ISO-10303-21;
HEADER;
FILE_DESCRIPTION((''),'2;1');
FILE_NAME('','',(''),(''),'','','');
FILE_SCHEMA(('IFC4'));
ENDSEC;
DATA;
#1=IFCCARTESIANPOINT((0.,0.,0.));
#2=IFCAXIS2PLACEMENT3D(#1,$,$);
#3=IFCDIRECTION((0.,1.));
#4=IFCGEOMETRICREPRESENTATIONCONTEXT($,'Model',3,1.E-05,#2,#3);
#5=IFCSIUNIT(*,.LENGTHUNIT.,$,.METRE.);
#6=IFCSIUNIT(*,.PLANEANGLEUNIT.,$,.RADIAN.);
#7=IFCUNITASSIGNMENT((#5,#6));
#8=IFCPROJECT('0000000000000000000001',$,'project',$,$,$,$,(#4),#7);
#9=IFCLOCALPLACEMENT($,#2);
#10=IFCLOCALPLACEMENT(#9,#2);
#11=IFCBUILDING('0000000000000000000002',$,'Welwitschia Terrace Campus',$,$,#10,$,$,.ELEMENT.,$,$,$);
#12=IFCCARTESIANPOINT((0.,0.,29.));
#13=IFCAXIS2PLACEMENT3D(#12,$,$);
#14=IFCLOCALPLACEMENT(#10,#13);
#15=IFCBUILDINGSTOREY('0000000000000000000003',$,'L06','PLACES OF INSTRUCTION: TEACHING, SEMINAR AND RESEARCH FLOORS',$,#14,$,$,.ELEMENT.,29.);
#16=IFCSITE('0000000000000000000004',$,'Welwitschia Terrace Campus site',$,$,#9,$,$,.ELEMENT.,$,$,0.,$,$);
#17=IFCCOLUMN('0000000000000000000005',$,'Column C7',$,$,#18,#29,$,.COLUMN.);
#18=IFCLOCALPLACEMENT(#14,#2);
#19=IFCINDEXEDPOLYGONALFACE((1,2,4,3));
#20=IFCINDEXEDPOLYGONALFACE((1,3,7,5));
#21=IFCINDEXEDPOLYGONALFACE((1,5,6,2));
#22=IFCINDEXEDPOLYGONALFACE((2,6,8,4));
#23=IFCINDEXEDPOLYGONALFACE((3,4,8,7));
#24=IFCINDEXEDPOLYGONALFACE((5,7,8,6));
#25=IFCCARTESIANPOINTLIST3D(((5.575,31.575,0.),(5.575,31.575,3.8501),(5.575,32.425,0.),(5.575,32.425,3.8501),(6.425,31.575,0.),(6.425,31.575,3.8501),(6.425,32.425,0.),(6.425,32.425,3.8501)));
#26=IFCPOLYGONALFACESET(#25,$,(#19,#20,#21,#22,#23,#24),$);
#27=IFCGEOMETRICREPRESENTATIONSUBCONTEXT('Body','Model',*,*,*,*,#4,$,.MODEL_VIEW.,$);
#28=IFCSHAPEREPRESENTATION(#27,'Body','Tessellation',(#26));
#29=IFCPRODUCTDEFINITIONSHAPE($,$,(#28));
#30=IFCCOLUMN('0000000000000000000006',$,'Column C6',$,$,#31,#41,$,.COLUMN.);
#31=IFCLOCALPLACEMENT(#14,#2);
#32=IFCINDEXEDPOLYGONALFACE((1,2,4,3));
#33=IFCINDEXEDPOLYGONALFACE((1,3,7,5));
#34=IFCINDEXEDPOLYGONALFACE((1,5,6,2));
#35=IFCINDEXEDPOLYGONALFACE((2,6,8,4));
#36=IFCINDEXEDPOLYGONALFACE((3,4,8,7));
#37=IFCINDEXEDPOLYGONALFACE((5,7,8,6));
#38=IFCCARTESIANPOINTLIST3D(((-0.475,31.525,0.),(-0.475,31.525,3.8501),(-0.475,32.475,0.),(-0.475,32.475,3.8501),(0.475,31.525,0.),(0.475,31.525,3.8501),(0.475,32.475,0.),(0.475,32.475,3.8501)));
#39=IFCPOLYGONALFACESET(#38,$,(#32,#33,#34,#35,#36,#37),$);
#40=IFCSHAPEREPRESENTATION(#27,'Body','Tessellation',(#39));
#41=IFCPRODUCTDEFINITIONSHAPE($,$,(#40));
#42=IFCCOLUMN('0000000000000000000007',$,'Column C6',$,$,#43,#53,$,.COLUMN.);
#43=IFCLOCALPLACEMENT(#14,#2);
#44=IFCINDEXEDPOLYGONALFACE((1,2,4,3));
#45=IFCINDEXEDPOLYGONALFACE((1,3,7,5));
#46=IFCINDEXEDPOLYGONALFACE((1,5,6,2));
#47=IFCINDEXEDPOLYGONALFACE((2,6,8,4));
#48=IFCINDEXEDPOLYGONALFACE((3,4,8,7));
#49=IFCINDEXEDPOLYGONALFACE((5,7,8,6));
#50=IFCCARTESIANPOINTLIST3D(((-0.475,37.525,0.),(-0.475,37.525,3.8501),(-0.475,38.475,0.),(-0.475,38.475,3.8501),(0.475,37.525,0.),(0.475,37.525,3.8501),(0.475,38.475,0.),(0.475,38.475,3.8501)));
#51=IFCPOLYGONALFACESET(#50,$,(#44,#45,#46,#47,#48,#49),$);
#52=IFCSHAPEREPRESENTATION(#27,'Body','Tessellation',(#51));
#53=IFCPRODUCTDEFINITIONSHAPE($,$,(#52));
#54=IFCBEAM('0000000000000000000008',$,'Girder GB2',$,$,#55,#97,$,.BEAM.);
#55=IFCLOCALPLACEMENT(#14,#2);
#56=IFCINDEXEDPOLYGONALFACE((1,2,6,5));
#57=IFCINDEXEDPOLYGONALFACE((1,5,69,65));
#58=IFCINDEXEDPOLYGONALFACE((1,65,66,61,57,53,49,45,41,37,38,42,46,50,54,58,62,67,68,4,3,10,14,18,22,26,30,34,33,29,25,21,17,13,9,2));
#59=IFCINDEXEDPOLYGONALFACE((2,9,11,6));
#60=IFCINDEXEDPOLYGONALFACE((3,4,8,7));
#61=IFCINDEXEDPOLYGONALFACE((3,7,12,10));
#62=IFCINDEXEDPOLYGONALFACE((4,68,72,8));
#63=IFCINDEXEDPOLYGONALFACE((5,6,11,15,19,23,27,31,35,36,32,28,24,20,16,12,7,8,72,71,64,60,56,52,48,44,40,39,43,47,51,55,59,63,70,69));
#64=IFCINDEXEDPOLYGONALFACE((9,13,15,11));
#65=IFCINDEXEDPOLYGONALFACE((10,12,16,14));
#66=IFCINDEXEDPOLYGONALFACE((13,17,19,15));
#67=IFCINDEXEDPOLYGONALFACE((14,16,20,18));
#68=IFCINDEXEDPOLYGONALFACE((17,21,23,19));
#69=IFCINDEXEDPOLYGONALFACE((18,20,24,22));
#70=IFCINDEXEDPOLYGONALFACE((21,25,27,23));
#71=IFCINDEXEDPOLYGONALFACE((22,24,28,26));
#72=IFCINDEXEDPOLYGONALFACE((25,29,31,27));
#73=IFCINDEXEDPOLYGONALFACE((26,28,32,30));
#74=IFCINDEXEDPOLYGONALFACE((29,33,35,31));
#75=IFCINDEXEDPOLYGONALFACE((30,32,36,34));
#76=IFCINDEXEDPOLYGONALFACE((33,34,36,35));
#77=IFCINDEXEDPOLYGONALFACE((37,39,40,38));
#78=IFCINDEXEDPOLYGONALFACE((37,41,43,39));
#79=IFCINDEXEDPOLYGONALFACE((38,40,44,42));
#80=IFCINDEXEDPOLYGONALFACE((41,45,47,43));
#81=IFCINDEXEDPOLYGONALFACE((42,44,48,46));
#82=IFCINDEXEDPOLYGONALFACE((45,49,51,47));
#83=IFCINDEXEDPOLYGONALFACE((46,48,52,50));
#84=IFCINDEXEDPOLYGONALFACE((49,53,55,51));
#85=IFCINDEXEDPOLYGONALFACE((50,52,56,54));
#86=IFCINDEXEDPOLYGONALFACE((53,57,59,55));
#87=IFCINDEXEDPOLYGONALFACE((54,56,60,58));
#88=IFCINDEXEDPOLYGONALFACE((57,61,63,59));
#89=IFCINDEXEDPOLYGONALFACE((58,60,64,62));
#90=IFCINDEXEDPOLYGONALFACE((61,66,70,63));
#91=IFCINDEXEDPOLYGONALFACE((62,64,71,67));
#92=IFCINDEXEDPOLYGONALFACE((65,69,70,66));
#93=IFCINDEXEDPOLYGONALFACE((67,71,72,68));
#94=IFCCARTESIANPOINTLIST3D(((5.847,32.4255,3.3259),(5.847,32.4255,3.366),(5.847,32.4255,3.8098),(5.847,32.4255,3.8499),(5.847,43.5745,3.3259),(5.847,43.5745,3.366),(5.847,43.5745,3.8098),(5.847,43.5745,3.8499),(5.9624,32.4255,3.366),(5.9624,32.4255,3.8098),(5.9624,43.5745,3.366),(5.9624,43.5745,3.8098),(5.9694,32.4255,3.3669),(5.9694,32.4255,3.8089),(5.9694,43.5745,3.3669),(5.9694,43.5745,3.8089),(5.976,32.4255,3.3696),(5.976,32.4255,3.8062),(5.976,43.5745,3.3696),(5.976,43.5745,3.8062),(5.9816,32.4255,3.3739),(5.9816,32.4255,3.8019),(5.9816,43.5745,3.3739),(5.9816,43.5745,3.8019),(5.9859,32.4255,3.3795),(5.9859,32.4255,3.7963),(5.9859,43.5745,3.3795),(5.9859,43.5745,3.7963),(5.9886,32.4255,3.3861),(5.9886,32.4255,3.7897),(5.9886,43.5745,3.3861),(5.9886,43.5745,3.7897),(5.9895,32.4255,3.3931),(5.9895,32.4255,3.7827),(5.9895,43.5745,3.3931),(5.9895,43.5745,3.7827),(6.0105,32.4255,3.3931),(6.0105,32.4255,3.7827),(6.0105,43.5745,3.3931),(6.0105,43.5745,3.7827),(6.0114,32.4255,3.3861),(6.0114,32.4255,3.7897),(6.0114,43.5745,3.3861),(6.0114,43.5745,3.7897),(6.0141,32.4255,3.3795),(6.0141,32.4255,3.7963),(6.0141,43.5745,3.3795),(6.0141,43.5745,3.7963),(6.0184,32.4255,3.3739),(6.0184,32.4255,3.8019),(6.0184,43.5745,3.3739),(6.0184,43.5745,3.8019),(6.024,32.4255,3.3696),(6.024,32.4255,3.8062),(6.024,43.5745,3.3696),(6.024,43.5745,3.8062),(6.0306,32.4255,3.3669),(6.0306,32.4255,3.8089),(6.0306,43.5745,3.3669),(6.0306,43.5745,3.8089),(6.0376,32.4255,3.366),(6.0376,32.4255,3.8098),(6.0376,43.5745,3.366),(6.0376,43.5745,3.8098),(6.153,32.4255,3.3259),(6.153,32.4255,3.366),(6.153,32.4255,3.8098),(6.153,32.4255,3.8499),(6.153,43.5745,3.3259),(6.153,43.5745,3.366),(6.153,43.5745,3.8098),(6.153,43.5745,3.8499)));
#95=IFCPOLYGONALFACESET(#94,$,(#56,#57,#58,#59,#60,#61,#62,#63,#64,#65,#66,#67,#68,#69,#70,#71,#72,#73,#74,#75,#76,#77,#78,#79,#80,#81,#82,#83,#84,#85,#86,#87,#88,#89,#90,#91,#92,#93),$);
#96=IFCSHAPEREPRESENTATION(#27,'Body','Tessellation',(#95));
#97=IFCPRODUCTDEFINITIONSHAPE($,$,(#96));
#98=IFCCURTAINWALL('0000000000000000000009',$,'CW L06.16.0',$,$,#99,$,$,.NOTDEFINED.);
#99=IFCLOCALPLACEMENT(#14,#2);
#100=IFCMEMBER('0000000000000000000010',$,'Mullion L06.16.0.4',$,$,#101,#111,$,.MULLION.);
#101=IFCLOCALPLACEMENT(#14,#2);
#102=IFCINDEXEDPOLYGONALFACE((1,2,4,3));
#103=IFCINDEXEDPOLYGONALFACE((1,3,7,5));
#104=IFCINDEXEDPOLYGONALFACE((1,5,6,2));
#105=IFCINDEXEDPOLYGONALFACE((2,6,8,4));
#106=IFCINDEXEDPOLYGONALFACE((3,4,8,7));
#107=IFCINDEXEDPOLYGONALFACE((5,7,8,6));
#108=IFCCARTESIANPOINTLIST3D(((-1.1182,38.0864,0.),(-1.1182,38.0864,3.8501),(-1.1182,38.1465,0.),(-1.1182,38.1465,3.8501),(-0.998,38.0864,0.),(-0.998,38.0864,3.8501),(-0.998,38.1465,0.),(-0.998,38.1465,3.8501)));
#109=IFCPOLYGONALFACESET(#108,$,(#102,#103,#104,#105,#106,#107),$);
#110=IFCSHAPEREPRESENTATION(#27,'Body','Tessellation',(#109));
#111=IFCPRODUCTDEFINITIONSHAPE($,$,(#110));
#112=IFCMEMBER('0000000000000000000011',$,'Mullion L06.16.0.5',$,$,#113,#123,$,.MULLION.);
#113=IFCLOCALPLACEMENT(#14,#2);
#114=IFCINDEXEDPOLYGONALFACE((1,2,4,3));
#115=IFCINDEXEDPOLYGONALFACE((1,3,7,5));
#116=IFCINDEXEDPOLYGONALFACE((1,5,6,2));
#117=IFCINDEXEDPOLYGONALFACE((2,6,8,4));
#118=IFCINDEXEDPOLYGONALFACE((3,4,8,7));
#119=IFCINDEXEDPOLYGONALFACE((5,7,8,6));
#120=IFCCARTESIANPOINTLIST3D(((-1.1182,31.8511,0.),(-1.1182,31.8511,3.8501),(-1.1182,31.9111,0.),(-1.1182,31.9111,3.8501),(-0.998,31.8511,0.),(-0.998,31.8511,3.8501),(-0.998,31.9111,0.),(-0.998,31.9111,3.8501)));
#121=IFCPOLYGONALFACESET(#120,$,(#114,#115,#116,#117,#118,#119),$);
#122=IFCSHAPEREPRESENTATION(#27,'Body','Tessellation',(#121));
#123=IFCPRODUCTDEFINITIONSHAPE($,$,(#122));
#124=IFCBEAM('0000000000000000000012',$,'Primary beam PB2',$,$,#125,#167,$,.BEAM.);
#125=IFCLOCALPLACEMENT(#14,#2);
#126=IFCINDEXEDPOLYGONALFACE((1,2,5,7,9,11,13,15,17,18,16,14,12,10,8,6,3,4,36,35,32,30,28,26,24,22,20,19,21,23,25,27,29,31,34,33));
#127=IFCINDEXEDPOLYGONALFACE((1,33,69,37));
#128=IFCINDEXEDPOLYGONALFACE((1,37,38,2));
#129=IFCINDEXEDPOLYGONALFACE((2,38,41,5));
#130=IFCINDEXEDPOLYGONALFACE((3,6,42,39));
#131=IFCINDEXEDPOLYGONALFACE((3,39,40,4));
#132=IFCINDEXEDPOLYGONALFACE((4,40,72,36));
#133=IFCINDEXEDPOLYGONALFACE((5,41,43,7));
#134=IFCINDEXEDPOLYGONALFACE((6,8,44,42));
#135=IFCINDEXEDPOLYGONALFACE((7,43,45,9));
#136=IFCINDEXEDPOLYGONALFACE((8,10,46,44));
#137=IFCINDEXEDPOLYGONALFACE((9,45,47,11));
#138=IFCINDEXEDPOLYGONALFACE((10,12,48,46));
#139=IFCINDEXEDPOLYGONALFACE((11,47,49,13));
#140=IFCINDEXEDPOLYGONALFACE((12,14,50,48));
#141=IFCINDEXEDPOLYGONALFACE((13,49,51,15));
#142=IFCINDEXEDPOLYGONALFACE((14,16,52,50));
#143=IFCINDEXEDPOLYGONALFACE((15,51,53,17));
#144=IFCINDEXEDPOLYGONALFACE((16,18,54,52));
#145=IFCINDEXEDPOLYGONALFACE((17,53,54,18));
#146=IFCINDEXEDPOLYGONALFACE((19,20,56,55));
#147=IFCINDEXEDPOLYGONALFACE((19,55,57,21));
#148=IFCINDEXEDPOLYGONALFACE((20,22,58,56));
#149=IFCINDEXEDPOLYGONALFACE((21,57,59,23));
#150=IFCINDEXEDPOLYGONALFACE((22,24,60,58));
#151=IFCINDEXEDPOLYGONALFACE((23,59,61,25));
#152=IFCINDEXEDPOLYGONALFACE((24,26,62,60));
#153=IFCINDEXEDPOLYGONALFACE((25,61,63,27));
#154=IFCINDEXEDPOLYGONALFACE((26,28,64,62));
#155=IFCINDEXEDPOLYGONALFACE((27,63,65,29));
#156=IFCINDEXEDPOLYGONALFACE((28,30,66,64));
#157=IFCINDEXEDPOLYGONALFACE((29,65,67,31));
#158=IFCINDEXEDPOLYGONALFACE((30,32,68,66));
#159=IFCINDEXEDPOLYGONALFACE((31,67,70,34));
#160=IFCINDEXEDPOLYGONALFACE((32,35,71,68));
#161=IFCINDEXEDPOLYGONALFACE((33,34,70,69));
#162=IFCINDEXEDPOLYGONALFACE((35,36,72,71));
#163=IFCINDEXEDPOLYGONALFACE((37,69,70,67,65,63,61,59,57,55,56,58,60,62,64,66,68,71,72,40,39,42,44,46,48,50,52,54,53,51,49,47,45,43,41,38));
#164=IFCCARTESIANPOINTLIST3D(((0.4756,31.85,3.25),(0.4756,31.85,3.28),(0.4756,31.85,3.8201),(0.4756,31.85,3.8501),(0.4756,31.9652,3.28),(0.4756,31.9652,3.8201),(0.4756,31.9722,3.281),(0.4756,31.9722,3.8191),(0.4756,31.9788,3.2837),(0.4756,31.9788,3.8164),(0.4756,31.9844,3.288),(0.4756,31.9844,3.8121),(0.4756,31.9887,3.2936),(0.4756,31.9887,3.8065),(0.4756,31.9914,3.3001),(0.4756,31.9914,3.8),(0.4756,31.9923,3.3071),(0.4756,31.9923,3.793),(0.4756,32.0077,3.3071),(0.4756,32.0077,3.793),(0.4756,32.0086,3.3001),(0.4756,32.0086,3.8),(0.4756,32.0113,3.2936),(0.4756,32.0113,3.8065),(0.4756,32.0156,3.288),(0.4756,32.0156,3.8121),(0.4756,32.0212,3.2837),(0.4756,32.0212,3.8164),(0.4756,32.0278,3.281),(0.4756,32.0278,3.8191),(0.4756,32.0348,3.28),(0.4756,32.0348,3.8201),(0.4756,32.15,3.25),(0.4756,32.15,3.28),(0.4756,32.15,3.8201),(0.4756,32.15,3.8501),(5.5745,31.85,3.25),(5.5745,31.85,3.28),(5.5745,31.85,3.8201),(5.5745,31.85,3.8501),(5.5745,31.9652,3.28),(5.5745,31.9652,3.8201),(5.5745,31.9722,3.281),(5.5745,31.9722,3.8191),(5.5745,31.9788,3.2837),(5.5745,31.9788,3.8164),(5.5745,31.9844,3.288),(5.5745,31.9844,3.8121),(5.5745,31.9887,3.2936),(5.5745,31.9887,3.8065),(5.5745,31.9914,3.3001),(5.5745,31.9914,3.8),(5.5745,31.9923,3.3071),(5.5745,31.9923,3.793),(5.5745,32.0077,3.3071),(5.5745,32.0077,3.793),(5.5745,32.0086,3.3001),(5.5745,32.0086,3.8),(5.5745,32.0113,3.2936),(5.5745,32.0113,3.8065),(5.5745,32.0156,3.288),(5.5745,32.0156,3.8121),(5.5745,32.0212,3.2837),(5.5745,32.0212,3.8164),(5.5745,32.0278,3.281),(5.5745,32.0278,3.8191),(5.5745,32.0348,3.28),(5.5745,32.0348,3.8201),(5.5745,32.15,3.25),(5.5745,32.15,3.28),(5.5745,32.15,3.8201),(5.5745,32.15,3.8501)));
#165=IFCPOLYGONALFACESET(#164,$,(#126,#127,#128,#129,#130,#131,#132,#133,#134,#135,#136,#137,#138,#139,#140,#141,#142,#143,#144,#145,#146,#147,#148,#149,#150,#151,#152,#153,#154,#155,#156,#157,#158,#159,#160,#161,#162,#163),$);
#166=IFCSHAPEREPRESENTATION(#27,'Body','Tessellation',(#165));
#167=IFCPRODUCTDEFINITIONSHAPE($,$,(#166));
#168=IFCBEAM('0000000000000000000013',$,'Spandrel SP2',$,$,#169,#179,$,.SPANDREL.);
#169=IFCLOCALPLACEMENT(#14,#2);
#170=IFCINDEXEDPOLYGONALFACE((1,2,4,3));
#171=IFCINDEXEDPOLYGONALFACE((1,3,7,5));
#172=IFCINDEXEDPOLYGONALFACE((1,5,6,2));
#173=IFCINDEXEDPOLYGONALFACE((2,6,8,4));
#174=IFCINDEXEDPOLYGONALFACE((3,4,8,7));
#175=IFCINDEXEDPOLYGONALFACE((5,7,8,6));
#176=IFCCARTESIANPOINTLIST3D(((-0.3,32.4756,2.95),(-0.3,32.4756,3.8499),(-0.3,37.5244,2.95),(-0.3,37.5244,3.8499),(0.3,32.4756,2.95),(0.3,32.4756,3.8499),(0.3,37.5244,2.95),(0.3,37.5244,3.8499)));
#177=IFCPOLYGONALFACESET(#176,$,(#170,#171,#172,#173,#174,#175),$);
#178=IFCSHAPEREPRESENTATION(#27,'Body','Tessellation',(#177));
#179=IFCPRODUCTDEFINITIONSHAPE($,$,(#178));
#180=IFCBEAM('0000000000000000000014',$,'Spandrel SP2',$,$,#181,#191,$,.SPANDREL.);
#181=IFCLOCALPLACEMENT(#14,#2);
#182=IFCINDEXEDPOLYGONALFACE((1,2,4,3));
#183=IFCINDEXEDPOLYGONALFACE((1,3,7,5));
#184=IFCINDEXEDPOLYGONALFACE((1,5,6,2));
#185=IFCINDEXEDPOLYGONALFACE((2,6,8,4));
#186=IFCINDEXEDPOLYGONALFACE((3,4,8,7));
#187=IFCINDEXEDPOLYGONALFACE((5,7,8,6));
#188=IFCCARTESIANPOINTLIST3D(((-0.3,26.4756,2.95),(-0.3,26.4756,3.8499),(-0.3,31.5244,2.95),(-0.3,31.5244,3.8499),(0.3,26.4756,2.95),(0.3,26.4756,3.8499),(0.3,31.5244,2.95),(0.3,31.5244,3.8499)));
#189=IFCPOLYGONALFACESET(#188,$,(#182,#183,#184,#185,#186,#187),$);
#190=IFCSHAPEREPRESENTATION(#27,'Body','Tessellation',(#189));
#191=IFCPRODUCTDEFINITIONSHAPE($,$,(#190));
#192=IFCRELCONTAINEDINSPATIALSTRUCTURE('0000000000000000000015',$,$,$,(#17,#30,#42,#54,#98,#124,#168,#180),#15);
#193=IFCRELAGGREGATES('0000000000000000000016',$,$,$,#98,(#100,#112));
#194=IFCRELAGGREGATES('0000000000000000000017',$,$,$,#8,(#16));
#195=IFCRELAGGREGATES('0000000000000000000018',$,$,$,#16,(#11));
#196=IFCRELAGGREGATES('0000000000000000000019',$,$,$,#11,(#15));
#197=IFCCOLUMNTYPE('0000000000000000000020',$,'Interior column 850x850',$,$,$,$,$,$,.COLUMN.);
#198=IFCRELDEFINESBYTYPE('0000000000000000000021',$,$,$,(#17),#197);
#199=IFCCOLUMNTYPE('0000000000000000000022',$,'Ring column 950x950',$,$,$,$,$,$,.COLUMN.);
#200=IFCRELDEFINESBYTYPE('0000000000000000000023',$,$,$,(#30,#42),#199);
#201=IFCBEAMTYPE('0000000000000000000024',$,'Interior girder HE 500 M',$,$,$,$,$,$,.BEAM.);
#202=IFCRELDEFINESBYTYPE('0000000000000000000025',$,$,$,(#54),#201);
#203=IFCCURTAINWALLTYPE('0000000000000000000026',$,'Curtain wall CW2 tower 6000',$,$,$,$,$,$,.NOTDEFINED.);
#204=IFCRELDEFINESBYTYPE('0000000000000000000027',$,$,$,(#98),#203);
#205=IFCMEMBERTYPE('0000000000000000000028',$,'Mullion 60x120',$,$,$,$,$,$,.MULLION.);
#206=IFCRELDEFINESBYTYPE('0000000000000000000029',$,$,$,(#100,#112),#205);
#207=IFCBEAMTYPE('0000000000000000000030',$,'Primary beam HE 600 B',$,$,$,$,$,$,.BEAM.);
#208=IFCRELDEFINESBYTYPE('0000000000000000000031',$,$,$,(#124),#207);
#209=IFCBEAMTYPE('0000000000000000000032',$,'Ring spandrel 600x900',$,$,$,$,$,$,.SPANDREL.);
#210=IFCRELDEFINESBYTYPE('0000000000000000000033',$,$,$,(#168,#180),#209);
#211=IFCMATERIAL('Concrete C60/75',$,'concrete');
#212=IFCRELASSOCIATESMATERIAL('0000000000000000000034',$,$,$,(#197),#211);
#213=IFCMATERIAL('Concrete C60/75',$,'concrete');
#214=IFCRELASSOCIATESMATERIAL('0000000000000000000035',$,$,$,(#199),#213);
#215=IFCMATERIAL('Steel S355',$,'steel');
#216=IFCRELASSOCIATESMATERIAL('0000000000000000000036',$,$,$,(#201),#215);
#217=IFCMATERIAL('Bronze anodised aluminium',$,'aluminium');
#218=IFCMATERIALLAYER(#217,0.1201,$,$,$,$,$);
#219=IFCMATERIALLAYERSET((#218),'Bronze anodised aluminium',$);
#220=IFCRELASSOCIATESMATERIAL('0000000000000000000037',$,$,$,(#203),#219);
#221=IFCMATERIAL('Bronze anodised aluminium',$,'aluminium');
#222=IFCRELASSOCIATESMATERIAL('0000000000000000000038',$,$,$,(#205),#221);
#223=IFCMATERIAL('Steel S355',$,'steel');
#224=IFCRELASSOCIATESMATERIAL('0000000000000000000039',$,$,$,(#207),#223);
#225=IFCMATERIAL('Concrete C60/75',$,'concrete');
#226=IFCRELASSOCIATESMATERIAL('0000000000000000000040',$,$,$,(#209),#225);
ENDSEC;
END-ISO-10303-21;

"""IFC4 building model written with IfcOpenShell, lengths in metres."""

from ifc_helpers import new_model, si_unit, direction, frame, origin, origin_2d, place, context, subcontext, project, spatial, rectangle, i_section, extrude, material, layer, layer_set, material_profile, profile_set, type_object, element, aggregate, save


model = new_model("IFC4")

# Units and contexts
model_context = context("Model", 3, precision=1e-05, world=origin(), true_north=direction((0.0, 1.0)))
body_context = subcontext(model_context, "Body", "Model", "MODEL_VIEW")
ifc_project = project(units=[si_unit("LENGTHUNIT", "METRE"), si_unit("PLANEANGLEUNIT", "RADIAN")], contexts=[model_context])

# Site, building, storey
site_placement = place(None, origin())
site = spatial("IfcSite", under=ifc_project, at=site_placement, Name="Welwitschia Terrace Campus site", CompositionType="ELEMENT", RefElevation=0.0)
building_placement = place(site_placement, origin())
building = spatial("IfcBuilding", under=site, at=building_placement, Name="Welwitschia Terrace Campus", CompositionType="ELEMENT")
storey_placement = place(building_placement, frame((0.0, 0.0, 29.0)))
storey = spatial("IfcBuildingStorey", under=building, at=storey_placement, Name="L06", Description="PLACES OF INSTRUCTION: TEACHING, SEMINAR AND RESEARCH FLOORS", CompositionType="ELEMENT", Elevation=29.0)

# Columns
ifc_material_1 = material(Name="Concrete C60/75", Category="concrete")
ifc_material_profile_1 = material_profile(ifc_material_1, rectangle(XDim=0.8501, YDim=0.8501, at=origin_2d()))
ifc_profile_set_1 = profile_set([ifc_material_profile_1], Name="Concrete C60/75")
column_type_1 = type_object("IfcColumnType", Name="Interior column 850x850", PredefinedType="COLUMN", material=ifc_profile_set_1)
column_placement = place(storey_placement, frame((6.0, 32.0, 0.0), z_axis=(0.0, 0.0, 1.0), x_axis=(1.0, 0.0, 0.0)))
element("IfcColumn", 1, at=column_placement, inside=storey, type_object=column_type_1, Name="Column C7", PredefinedType="COLUMN", context=body_context, shape_type="SweptSolid", body=[
    extrude(rectangle(XDim=0.8501, YDim=0.8501, at=origin_2d()), origin(), (0.0, 0.0, 1.0), 3.8501),
])
ifc_material_2 = material(Name="Concrete C60/75", Category="concrete")
ifc_material_profile_2 = material_profile(ifc_material_2, rectangle(XDim=0.95, YDim=0.95, at=origin_2d()))
ifc_profile_set_2 = profile_set([ifc_material_profile_2], Name="Concrete C60/75")
column_type_2 = type_object("IfcColumnType", Name="Ring column 950x950", PredefinedType="COLUMN", material=ifc_profile_set_2)
for number, where, z_axis, x_axis, name in (
    (2, (0.0, 32.0, 0.0), (0.0, 0.0, 1.0), (1.0, 0.0, 0.0), "Column C6"),
    (3, (0.0, 38.0, 0.0), (0.0, 0.0, 1.0), (1.0, 0.0, 0.0), "Column C6"),
):
    element("IfcColumn", number, at=place(storey_placement, frame(where, z_axis=z_axis, x_axis=x_axis)), inside=storey, type_object=column_type_2, Name=name, PredefinedType="COLUMN", context=body_context, shape_type="SweptSolid", body=[
        extrude(rectangle(XDim=0.95, YDim=0.95, at=origin_2d()), origin(), (0.0, 0.0, 1.0), 3.8501),
    ])

# Beam
ifc_material_3 = material(Name="Steel S355", Category="steel")
ifc_material_profile_3 = material_profile(ifc_material_3, i_section(OverallWidth=0.3059, OverallDepth=0.5239, WebThickness=0.021, FlangeThickness=0.04, FilletRadius=0.0271, at=origin_2d()))
ifc_profile_set_3 = profile_set([ifc_material_profile_3], Name="Steel S355")
beam_type_1 = type_object("IfcBeamType", Name="Interior girder HE 500 M", PredefinedType="BEAM", material=ifc_profile_set_3)
beam_1_placement = place(storey_placement, frame((6.0, 32.4255, 3.5879), z_axis=(0.0, 1.0, 0.0), x_axis=(-1.0, 0.0, 0.0)))
element("IfcBeam", 4, at=beam_1_placement, inside=storey, type_object=beam_type_1, Name="Girder GB2", PredefinedType="BEAM", context=body_context, shape_type="SweptSolid", body=[
    extrude(i_section(OverallWidth=0.3059, OverallDepth=0.5239, WebThickness=0.021, FlangeThickness=0.04, FilletRadius=0.0271, at=origin_2d()), origin(), (0.0, 0.0, 1.0), 11.1489),
])

# Curtain wall, members
ifc_material_4 = material(Name="Bronze anodised aluminium", Category="aluminium")
ifc_layer_1 = layer(ifc_material_4, 0.1201)
ifc_layer_set_1 = layer_set([ifc_layer_1], Name="Bronze anodised aluminium")
curtain_wall_type = type_object("IfcCurtainWallType", Name="Curtain wall CW2 tower 6000", PredefinedType="NOTDEFINED", material=ifc_layer_set_1)
curtain_wall_placement = place(storey_placement, origin())
curtain_wall = element("IfcCurtainWall", 5, at=curtain_wall_placement, inside=storey, type_object=curtain_wall_type, Name="CW L06.16.0", PredefinedType="NOTDEFINED")
ifc_material_5 = material(Name="Bronze anodised aluminium", Category="aluminium")
ifc_material_profile_4 = material_profile(ifc_material_5, rectangle(XDim=0.1201, YDim=0.0601, at=origin_2d()))
ifc_profile_set_4 = profile_set([ifc_material_profile_4], Name="Bronze anodised aluminium")
member_type = type_object("IfcMemberType", Name="Mullion 60x120", PredefinedType="MULLION", material=ifc_profile_set_4)
member_1_placement = place(storey_placement, frame((-1.0581, 38.1165, 0.0), z_axis=(0.0, 0.0, 1.0), x_axis=(1.0, 0.0, 0.0)))
member_1 = element("IfcMember", 6, at=member_1_placement, type_object=member_type, Name="Mullion L06.16.0.4", PredefinedType="MULLION", context=body_context, shape_type="SweptSolid", body=[
    extrude(rectangle(XDim=0.1201, YDim=0.0601, at=origin_2d()), origin(), (0.0, 0.0, 1.0), 3.8501),
])
member_2_placement = place(storey_placement, frame((-1.0581, 31.8811, 0.0), z_axis=(0.0, 0.0, 1.0), x_axis=(1.0, 0.0, 0.0)))
member_2 = element("IfcMember", 7, at=member_2_placement, type_object=member_type, Name="Mullion L06.16.0.5", PredefinedType="MULLION", context=body_context, shape_type="SweptSolid", body=[
    extrude(rectangle(XDim=0.1201, YDim=0.0601, at=origin_2d()), origin(), (0.0, 0.0, 1.0), 3.8501),
])

# Beams
ifc_material_6 = material(Name="Steel S355", Category="steel")
ifc_material_profile_5 = material_profile(ifc_material_6, i_section(OverallWidth=0.3, OverallDepth=0.6001, WebThickness=0.0154, FlangeThickness=0.03, FilletRadius=0.0271, at=origin_2d()))
ifc_profile_set_5 = profile_set([ifc_material_profile_5], Name="Steel S355")
beam_type_2 = type_object("IfcBeamType", Name="Primary beam HE 600 B", PredefinedType="BEAM", material=ifc_profile_set_5)
beam_2_placement = place(storey_placement, frame((0.4756, 32.0, 3.55), z_axis=(1.0, 0.0, 0.0), x_axis=(0.0, 1.0, 0.0)))
element("IfcBeam", 8, at=beam_2_placement, inside=storey, type_object=beam_type_2, Name="Primary beam PB2", PredefinedType="BEAM", context=body_context, shape_type="SweptSolid", body=[
    extrude(i_section(OverallWidth=0.3, OverallDepth=0.6001, WebThickness=0.0154, FlangeThickness=0.03, FilletRadius=0.0271, at=origin_2d()), origin(), (0.0, 0.0, 1.0), 5.0989),
])
ifc_material_7 = material(Name="Concrete C60/75", Category="concrete")
ifc_material_profile_6 = material_profile(ifc_material_7, rectangle(XDim=0.6001, YDim=0.8999, at=origin_2d()))
ifc_profile_set_6 = profile_set([ifc_material_profile_6], Name="Concrete C60/75")
beam_type_3 = type_object("IfcBeamType", Name="Ring spandrel 600x900", PredefinedType="SPANDREL", material=ifc_profile_set_6)
for number, where, z_axis, x_axis, name in (
    (9, (0.0, 37.5244, 3.3999), (0.0, -1.0, 0.0), (1.0, 0.0, 0.0), "Spandrel SP2"),
    (10, (0.0, 31.5244, 3.3999), (0.0, -1.0, 0.0), (1.0, 0.0, 0.0), "Spandrel SP2"),
):
    element("IfcBeam", number, at=place(storey_placement, frame(where, z_axis=z_axis, x_axis=x_axis)), inside=storey, type_object=beam_type_3, Name=name, PredefinedType="SPANDREL", context=body_context, shape_type="SweptSolid", body=[
        extrude(rectangle(XDim=0.6001, YDim=0.8999, at=origin_2d()), origin(), (0.0, 0.0, 1.0), 5.0488),
    ])

aggregate(curtain_wall, [member_1, member_2])

save(model, "model.ifc")
